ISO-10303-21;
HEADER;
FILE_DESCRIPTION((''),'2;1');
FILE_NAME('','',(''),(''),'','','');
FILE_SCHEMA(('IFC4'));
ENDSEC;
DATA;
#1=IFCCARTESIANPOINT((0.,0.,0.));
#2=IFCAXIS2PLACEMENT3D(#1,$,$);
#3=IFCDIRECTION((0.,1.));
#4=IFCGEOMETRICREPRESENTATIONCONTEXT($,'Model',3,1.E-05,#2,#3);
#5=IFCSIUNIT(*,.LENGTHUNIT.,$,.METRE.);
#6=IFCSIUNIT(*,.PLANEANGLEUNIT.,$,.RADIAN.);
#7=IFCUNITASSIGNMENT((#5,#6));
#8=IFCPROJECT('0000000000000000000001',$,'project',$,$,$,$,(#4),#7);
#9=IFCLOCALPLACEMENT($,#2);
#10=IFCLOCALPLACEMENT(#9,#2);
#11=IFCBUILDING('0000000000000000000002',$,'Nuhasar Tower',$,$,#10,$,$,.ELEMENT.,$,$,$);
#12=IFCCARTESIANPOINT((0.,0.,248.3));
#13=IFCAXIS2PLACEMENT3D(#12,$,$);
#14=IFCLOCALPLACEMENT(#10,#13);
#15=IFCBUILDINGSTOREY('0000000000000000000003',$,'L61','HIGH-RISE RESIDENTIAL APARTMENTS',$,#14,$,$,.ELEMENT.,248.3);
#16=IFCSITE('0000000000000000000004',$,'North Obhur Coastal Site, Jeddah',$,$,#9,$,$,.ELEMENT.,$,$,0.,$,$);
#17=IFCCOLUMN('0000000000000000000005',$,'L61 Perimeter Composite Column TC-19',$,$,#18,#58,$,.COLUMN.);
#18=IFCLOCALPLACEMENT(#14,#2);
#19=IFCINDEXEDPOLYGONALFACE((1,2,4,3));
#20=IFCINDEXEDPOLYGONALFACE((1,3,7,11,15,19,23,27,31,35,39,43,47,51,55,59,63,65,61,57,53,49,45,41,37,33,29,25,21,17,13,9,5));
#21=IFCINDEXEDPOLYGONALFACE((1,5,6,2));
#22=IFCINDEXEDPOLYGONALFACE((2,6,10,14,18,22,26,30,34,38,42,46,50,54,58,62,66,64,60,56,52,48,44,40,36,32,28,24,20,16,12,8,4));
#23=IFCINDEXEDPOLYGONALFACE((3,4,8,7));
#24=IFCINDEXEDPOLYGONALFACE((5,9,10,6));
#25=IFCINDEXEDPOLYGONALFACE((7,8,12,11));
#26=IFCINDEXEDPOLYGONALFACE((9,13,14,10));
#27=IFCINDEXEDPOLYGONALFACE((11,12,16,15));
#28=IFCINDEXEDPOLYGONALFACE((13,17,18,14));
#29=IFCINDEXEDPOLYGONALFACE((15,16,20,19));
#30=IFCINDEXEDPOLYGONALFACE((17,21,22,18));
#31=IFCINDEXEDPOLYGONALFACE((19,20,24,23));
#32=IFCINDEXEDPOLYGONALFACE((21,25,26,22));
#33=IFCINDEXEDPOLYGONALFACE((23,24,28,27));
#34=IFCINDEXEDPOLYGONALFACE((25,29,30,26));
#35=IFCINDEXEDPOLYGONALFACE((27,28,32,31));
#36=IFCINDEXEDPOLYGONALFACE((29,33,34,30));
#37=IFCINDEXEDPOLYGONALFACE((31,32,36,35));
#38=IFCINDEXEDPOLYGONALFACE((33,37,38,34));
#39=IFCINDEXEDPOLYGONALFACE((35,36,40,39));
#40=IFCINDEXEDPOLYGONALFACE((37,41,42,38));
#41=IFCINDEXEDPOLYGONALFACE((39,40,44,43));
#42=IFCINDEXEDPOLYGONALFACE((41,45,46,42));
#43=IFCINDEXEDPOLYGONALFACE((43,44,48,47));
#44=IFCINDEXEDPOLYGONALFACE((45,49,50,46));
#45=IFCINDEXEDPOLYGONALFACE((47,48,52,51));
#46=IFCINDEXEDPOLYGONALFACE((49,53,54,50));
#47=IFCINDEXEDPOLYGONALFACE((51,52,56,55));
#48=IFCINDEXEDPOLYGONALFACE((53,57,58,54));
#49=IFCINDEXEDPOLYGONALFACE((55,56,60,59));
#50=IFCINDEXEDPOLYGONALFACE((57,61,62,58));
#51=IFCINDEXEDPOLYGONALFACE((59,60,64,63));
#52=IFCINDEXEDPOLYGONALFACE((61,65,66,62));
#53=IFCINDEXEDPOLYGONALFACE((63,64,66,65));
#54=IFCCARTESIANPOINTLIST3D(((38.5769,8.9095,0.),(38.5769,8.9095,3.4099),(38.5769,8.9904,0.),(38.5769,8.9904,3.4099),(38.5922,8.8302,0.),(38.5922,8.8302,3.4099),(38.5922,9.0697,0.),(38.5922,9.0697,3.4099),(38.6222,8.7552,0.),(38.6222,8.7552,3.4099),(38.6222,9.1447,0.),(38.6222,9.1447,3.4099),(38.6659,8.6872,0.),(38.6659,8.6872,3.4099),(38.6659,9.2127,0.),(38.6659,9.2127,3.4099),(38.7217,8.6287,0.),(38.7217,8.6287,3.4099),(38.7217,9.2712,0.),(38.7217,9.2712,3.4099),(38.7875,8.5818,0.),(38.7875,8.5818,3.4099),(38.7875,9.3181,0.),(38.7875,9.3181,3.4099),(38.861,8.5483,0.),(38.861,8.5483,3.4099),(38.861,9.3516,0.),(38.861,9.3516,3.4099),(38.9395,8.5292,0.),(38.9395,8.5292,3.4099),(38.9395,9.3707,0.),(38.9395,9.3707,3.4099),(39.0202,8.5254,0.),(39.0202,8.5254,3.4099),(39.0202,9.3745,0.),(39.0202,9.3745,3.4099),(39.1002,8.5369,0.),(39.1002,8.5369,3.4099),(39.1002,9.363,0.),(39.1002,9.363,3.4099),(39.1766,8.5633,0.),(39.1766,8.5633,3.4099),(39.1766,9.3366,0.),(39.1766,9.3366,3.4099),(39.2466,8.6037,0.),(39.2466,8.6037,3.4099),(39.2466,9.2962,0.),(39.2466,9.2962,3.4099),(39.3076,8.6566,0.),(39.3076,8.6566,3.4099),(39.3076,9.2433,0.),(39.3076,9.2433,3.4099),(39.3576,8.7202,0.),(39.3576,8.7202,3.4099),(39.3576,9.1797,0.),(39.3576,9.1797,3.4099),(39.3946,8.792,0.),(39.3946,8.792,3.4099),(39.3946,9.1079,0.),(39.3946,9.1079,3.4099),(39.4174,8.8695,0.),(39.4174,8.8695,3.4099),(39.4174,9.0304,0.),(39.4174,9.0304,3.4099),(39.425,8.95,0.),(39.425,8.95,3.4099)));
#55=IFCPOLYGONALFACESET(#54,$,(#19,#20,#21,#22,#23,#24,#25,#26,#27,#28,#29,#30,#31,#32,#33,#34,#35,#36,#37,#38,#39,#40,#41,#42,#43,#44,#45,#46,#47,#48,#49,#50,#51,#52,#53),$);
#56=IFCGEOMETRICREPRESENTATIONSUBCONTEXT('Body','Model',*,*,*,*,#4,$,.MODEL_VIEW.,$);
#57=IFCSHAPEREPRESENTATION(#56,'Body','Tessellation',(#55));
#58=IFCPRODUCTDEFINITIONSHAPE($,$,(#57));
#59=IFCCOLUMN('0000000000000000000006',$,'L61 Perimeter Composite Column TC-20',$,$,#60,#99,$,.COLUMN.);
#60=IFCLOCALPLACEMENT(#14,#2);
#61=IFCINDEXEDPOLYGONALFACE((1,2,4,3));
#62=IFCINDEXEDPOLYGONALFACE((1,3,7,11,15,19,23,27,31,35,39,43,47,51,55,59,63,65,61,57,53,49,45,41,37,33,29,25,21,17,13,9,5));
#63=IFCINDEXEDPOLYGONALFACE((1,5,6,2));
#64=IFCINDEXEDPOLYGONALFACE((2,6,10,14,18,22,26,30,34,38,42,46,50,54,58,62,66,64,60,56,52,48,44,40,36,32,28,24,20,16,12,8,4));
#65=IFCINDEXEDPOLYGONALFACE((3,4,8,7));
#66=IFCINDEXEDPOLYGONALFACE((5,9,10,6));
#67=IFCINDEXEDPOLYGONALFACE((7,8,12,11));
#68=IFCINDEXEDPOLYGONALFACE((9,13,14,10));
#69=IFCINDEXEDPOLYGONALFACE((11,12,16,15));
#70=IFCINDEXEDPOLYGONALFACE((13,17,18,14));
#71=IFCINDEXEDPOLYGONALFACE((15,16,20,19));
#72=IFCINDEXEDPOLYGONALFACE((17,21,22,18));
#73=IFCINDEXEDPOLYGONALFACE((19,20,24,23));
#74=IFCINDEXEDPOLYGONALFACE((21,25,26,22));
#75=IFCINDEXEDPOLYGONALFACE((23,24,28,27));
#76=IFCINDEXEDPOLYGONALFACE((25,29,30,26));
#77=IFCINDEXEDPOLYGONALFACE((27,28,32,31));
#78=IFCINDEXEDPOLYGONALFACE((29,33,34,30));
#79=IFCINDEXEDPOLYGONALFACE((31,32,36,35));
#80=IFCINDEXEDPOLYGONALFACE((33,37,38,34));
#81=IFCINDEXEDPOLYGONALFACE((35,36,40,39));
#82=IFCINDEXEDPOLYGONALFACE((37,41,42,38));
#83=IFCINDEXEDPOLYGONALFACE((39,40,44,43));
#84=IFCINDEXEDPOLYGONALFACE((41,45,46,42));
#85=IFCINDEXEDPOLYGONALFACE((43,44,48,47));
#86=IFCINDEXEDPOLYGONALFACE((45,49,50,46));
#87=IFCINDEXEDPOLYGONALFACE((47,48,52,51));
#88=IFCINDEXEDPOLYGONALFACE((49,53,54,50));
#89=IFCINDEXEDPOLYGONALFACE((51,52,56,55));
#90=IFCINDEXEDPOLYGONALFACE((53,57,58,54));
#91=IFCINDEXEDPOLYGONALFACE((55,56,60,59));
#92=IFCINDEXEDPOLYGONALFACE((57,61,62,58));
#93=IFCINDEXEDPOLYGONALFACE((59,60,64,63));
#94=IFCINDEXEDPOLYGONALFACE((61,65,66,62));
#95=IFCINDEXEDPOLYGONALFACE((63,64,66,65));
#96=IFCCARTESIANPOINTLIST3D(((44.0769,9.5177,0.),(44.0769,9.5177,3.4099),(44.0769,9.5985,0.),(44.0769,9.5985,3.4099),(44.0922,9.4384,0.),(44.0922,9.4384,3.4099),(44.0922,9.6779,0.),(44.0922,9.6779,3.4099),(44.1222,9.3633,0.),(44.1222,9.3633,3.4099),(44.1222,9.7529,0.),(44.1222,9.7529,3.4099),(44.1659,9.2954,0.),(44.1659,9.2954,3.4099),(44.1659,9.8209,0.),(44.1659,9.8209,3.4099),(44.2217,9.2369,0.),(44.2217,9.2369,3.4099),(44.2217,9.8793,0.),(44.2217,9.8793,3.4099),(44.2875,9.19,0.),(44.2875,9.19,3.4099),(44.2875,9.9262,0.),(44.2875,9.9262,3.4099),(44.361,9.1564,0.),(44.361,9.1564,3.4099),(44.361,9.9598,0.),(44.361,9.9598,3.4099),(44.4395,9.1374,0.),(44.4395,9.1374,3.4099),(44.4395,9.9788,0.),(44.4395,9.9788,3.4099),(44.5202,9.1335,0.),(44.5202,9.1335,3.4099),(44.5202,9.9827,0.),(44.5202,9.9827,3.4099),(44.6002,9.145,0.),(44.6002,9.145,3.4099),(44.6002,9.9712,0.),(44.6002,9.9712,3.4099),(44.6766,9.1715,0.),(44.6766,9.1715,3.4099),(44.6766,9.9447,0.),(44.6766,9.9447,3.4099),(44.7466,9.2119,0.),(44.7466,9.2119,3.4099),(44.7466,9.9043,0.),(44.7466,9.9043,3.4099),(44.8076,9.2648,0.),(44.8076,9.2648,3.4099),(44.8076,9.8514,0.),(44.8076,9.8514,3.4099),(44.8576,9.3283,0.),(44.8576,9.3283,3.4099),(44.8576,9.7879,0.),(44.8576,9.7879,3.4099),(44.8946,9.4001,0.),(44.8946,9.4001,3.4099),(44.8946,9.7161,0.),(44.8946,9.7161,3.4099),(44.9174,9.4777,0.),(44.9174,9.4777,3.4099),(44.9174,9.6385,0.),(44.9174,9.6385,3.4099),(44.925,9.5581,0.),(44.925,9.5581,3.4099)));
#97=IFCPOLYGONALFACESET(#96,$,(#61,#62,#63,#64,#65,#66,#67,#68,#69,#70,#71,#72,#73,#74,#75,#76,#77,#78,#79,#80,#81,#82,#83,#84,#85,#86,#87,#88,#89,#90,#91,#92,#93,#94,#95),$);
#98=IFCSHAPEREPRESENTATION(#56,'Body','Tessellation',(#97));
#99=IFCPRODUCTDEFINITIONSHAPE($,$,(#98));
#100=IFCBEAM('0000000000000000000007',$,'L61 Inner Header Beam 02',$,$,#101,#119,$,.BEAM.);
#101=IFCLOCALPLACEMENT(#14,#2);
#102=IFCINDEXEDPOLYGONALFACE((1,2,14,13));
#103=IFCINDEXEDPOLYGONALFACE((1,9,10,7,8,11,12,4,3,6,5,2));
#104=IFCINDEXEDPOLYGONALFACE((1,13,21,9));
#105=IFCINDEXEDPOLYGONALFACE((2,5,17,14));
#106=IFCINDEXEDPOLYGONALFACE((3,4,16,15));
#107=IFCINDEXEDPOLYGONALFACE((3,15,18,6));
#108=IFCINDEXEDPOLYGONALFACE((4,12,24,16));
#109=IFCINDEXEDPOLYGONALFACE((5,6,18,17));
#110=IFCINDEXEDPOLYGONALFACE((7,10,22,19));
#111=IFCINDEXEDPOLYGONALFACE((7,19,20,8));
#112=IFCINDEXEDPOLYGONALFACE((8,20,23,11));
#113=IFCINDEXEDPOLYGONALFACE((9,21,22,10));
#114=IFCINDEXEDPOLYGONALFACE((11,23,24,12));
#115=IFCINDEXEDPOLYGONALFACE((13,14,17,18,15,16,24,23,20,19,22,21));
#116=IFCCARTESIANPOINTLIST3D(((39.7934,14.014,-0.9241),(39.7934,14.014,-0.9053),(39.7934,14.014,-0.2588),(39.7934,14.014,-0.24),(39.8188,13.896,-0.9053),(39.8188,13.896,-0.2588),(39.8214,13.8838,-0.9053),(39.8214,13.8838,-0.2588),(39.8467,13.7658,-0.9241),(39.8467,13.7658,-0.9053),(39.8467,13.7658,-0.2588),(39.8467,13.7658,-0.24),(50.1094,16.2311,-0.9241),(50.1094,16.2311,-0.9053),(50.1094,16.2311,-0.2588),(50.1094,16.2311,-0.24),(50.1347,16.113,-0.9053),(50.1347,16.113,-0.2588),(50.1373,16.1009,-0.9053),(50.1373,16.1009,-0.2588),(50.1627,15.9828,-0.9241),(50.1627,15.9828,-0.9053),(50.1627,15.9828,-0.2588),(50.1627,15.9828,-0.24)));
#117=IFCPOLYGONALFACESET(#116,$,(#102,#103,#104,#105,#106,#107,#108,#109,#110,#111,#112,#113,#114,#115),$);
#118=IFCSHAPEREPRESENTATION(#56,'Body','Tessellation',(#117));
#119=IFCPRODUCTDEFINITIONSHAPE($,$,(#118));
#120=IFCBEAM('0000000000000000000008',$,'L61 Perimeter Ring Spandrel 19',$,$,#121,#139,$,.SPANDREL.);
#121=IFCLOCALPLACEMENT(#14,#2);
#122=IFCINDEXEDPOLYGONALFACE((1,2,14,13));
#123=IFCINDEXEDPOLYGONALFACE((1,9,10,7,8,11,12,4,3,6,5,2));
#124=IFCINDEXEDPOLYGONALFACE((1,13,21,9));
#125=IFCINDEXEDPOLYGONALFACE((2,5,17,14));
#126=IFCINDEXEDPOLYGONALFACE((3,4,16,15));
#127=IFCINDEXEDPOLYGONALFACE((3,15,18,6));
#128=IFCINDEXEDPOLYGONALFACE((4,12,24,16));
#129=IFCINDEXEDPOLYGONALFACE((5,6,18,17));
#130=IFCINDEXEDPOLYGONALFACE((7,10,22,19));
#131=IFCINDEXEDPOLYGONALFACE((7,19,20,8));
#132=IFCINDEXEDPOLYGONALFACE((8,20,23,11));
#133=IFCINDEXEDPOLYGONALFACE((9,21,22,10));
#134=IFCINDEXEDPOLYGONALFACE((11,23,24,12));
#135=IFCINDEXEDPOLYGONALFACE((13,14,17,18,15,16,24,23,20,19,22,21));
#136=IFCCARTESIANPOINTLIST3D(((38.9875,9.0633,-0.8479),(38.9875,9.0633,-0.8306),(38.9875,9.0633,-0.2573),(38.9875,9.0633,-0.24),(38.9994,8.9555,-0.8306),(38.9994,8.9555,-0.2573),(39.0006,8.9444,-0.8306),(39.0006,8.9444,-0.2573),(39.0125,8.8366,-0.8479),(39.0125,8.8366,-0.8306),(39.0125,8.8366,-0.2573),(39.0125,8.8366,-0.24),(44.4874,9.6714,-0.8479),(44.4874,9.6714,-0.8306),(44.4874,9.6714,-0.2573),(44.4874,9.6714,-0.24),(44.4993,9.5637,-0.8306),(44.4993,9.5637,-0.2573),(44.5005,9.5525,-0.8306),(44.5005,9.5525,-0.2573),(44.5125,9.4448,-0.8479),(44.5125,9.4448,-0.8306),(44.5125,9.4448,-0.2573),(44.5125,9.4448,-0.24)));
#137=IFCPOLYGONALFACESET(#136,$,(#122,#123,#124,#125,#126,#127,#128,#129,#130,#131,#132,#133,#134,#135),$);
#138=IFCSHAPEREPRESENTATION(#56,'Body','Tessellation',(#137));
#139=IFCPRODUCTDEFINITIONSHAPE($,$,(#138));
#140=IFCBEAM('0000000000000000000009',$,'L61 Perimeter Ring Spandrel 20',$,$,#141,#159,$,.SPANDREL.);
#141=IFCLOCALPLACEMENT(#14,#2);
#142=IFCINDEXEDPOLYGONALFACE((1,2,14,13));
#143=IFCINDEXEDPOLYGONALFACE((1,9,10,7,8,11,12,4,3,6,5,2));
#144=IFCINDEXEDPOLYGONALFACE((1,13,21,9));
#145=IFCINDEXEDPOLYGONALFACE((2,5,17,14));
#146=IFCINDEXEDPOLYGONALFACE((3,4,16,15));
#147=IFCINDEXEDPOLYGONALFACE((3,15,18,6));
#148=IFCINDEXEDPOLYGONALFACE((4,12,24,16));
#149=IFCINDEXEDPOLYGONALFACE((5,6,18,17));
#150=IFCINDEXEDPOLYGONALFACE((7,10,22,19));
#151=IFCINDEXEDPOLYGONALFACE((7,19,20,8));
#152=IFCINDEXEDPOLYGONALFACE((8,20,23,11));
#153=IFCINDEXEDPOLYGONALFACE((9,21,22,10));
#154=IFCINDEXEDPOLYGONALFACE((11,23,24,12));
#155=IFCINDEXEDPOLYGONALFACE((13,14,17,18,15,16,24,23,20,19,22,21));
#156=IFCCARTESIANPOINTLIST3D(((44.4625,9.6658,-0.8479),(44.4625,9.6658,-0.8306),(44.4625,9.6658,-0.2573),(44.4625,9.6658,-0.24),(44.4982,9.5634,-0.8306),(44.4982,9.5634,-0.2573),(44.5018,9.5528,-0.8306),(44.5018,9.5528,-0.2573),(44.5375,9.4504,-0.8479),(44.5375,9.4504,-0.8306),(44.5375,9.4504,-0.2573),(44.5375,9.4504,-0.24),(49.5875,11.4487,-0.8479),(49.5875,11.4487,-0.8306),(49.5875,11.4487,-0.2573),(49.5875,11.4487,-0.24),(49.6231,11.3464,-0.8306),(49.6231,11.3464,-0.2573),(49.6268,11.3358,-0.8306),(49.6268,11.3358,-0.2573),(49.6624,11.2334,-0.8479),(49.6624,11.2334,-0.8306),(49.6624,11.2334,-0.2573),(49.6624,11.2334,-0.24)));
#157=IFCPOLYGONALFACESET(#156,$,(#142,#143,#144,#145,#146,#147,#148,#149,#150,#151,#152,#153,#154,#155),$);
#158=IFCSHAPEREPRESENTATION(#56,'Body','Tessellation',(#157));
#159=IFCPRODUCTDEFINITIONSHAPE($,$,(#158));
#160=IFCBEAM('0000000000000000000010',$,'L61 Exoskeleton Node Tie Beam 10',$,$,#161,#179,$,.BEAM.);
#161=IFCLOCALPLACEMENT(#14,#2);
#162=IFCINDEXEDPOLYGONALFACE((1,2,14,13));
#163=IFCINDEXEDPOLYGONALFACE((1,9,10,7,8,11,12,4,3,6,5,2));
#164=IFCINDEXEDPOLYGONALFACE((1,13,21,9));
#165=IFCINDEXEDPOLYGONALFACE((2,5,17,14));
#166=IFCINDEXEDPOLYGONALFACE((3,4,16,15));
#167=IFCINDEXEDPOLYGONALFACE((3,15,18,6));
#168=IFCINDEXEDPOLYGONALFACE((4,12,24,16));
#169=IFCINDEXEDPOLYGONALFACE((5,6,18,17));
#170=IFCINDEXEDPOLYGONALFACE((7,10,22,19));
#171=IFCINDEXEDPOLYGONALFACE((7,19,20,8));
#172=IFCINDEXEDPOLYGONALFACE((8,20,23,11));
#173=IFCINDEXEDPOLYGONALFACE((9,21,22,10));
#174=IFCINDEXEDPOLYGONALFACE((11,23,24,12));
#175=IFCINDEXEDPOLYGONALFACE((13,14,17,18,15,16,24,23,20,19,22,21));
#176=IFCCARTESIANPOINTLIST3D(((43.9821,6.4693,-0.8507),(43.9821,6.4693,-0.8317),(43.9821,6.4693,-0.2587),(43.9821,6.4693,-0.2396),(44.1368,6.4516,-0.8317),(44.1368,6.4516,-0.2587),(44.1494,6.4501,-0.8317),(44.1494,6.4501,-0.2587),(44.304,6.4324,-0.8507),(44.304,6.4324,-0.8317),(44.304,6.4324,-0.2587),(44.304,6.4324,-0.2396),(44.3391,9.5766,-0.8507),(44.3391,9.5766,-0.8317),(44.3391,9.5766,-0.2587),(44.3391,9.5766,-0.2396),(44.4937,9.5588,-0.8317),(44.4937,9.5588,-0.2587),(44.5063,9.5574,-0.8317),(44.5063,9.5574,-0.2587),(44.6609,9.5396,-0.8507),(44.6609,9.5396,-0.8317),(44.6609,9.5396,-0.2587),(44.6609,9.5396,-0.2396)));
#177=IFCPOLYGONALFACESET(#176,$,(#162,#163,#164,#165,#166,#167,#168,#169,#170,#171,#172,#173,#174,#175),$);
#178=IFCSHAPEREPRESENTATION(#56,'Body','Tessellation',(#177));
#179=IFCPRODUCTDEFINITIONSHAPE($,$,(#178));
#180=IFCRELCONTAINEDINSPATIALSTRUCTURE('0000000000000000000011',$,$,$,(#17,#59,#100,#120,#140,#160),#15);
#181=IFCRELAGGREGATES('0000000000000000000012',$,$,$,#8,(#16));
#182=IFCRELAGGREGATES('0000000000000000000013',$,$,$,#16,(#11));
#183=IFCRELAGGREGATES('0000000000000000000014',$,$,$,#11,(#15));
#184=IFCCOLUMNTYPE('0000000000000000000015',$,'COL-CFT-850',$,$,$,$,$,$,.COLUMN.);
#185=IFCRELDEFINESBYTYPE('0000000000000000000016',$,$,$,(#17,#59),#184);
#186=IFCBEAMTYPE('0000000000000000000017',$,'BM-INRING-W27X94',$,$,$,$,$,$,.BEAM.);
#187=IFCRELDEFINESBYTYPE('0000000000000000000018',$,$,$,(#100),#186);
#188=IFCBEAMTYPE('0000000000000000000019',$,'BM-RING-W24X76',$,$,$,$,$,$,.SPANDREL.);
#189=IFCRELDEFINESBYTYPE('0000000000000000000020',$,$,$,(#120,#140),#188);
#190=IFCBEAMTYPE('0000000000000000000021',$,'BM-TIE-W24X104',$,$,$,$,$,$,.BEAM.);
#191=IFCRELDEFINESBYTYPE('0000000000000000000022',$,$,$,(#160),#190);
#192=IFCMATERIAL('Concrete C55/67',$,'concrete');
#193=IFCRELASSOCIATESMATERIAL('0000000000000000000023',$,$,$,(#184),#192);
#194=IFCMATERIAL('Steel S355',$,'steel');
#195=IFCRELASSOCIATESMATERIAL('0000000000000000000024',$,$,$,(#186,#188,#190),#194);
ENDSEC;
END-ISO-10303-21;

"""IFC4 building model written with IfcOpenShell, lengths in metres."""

from ifc_helpers import new_model, si_unit, direction, frame, origin, origin_2d, place, context, subcontext, project, spatial, circle, i_section, extrude, material, material_profile, profile_set, type_object, element, save


model = new_model("IFC4")

# Units and contexts
model_context = context("Model", 3, precision=1e-05, world=origin(), true_north=direction((0.0, 1.0)))
body_context = subcontext(model_context, "Body", "Model", "MODEL_VIEW")
ifc_project = project(units=[si_unit("LENGTHUNIT", "METRE"), si_unit("PLANEANGLEUNIT", "RADIAN")], contexts=[model_context])

# Site, building, storey
site_placement = place(None, origin())
site = spatial("IfcSite", under=ifc_project, at=site_placement, Name="North Obhur Coastal Site, Jeddah", CompositionType="ELEMENT", RefElevation=0.0)
building_placement = place(site_placement, origin())
building = spatial("IfcBuilding", under=site, at=building_placement, Name="Nuhasar Tower", CompositionType="ELEMENT")
storey_placement = place(building_placement, frame((0.0, 0.0, 248.3)))
storey = spatial("IfcBuildingStorey", under=building, at=storey_placement, Name="L61", Description="HIGH-RISE RESIDENTIAL APARTMENTS", CompositionType="ELEMENT", Elevation=248.3)

# Columns
ifc_material_1 = material(Name="Concrete C55/67", Category="concrete")
ifc_material_profile_1 = material_profile(ifc_material_1, circle(Radius=0.425, at=origin_2d()), Name="CFT850")
ifc_profile_set_1 = profile_set([ifc_material_profile_1], Name="Concrete C55/67")
column_type = type_object("IfcColumnType", Name="COL-CFT-850", PredefinedType="COLUMN", material=ifc_profile_set_1)
for number, where, z_axis, x_axis, name in (
    (1, (39.0, 8.95, 0.0), (0.0, 0.0, 1.0), (1.0, 0.0, 0.0), "L61 Perimeter Composite Column TC-19"),
    (2, (44.5, 9.5581, 0.0), (0.0, 0.0, 1.0), (1.0, 0.0, 0.0), "L61 Perimeter Composite Column TC-20"),
):
    element("IfcColumn", number, at=place(storey_placement, frame(where, z_axis=z_axis, x_axis=x_axis)), inside=storey, type_object=column_type, Name=name, PredefinedType="COLUMN", context=body_context, shape_type="SweptSolid", body=[
        extrude(circle(Radius=0.425, at=origin_2d()), origin(), (0.0, 0.0, 1.0), 3.4099),
    ])

# Beams
ifc_material_2 = material(Name="Steel S355", Category="steel")
ifc_material_profile_2 = material_profile(ifc_material_2, i_section(OverallWidth=0.2539, OverallDepth=0.6841, WebThickness=0.0125, FlangeThickness=0.0188, at=origin_2d()), Name="W27X94")
ifc_profile_set_2 = profile_set([ifc_material_profile_2], Name="Steel S355")
beam_type_1 = type_object("IfcBeamType", Name="BM-INRING-W27X94", PredefinedType="BEAM", material=ifc_profile_set_2)
beam_1_placement = place(storey_placement, frame((39.8201, 13.8899, -0.582), z_axis=(0.977676, 0.210117, 0.0), x_axis=(-0.210117, 0.977676, 0.0)))
element("IfcBeam", 3, at=beam_1_placement, inside=storey, type_object=beam_type_1, Name="L61 Inner Header Beam 02", PredefinedType="BEAM", context=body_context, shape_type="SweptSolid", body=[
    extrude(i_section(OverallWidth=0.2539, OverallDepth=0.6841, WebThickness=0.0125, FlangeThickness=0.0188, at=origin_2d()), origin(), (0.0, 0.0, 1.0), 10.5515),
])
ifc_material_profile_3 = material_profile(ifc_material_2, i_section(OverallWidth=0.228, OverallDepth=0.6079, WebThickness=0.0112, FlangeThickness=0.0173, at=origin_2d()), Name="W24X76")
ifc_profile_set_3 = profile_set([ifc_material_profile_3], Name="Steel S355")
beam_type_2 = type_object("IfcBeamType", Name="BM-RING-W24X76", PredefinedType="SPANDREL", material=ifc_profile_set_3)
beam_2_placement = place(storey_placement, frame((39.0, 8.95, -0.5439), z_axis=(0.993942, 0.109904, 0.0), x_axis=(-0.109904, 0.993942, 0.0)))
element("IfcBeam", 4, at=beam_2_placement, inside=storey, type_object=beam_type_2, Name="L61 Perimeter Ring Spandrel 19", PredefinedType="SPANDREL", context=body_context, shape_type="SweptSolid", body=[
    extrude(i_section(OverallWidth=0.228, OverallDepth=0.6079, WebThickness=0.0112, FlangeThickness=0.0173, at=origin_2d()), origin(), (0.0, 0.0, 1.0), 5.5334),
])
beam_3_placement = place(storey_placement, frame((44.5, 9.5581, -0.5439), z_axis=(0.944477, 0.328578, 0.0), x_axis=(-0.328578, 0.944477, 0.0)))
element("IfcBeam", 5, at=beam_3_placement, inside=storey, type_object=beam_type_2, Name="L61 Perimeter Ring Spandrel 20", PredefinedType="SPANDREL", context=body_context, shape_type="SweptSolid", body=[
    extrude(i_section(OverallWidth=0.228, OverallDepth=0.6079, WebThickness=0.0112, FlangeThickness=0.0173, at=origin_2d()), origin(), (0.0, 0.0, 1.0), 5.4263),
])
ifc_material_profile_4 = material_profile(ifc_material_2, i_section(OverallWidth=0.324, OverallDepth=0.6111, WebThickness=0.0127, FlangeThickness=0.019, at=origin_2d()), Name="W24X104")
ifc_profile_set_4 = profile_set([ifc_material_profile_4], Name="Steel S355")
beam_type_3 = type_object("IfcBeamType", Name="BM-TIE-W24X104", PredefinedType="BEAM", material=ifc_profile_set_4)
beam_4_placement = place(storey_placement, frame((44.5, 9.5581, -0.5452), z_axis=(-0.114123, -0.993467, 0.0), x_axis=(0.993467, -0.114123, 0.0)))
element("IfcBeam", 6, at=beam_4_placement, inside=storey, type_object=beam_type_3, Name="L61 Exoskeleton Node Tie Beam 10", PredefinedType="BEAM", context=body_context, shape_type="SweptSolid", body=[
    extrude(i_section(OverallWidth=0.324, OverallDepth=0.6111, WebThickness=0.0127, FlangeThickness=0.019, at=origin_2d()), origin(), (0.0, 0.0, 1.0), 3.1277),
])

save(model, "model.ifc")
